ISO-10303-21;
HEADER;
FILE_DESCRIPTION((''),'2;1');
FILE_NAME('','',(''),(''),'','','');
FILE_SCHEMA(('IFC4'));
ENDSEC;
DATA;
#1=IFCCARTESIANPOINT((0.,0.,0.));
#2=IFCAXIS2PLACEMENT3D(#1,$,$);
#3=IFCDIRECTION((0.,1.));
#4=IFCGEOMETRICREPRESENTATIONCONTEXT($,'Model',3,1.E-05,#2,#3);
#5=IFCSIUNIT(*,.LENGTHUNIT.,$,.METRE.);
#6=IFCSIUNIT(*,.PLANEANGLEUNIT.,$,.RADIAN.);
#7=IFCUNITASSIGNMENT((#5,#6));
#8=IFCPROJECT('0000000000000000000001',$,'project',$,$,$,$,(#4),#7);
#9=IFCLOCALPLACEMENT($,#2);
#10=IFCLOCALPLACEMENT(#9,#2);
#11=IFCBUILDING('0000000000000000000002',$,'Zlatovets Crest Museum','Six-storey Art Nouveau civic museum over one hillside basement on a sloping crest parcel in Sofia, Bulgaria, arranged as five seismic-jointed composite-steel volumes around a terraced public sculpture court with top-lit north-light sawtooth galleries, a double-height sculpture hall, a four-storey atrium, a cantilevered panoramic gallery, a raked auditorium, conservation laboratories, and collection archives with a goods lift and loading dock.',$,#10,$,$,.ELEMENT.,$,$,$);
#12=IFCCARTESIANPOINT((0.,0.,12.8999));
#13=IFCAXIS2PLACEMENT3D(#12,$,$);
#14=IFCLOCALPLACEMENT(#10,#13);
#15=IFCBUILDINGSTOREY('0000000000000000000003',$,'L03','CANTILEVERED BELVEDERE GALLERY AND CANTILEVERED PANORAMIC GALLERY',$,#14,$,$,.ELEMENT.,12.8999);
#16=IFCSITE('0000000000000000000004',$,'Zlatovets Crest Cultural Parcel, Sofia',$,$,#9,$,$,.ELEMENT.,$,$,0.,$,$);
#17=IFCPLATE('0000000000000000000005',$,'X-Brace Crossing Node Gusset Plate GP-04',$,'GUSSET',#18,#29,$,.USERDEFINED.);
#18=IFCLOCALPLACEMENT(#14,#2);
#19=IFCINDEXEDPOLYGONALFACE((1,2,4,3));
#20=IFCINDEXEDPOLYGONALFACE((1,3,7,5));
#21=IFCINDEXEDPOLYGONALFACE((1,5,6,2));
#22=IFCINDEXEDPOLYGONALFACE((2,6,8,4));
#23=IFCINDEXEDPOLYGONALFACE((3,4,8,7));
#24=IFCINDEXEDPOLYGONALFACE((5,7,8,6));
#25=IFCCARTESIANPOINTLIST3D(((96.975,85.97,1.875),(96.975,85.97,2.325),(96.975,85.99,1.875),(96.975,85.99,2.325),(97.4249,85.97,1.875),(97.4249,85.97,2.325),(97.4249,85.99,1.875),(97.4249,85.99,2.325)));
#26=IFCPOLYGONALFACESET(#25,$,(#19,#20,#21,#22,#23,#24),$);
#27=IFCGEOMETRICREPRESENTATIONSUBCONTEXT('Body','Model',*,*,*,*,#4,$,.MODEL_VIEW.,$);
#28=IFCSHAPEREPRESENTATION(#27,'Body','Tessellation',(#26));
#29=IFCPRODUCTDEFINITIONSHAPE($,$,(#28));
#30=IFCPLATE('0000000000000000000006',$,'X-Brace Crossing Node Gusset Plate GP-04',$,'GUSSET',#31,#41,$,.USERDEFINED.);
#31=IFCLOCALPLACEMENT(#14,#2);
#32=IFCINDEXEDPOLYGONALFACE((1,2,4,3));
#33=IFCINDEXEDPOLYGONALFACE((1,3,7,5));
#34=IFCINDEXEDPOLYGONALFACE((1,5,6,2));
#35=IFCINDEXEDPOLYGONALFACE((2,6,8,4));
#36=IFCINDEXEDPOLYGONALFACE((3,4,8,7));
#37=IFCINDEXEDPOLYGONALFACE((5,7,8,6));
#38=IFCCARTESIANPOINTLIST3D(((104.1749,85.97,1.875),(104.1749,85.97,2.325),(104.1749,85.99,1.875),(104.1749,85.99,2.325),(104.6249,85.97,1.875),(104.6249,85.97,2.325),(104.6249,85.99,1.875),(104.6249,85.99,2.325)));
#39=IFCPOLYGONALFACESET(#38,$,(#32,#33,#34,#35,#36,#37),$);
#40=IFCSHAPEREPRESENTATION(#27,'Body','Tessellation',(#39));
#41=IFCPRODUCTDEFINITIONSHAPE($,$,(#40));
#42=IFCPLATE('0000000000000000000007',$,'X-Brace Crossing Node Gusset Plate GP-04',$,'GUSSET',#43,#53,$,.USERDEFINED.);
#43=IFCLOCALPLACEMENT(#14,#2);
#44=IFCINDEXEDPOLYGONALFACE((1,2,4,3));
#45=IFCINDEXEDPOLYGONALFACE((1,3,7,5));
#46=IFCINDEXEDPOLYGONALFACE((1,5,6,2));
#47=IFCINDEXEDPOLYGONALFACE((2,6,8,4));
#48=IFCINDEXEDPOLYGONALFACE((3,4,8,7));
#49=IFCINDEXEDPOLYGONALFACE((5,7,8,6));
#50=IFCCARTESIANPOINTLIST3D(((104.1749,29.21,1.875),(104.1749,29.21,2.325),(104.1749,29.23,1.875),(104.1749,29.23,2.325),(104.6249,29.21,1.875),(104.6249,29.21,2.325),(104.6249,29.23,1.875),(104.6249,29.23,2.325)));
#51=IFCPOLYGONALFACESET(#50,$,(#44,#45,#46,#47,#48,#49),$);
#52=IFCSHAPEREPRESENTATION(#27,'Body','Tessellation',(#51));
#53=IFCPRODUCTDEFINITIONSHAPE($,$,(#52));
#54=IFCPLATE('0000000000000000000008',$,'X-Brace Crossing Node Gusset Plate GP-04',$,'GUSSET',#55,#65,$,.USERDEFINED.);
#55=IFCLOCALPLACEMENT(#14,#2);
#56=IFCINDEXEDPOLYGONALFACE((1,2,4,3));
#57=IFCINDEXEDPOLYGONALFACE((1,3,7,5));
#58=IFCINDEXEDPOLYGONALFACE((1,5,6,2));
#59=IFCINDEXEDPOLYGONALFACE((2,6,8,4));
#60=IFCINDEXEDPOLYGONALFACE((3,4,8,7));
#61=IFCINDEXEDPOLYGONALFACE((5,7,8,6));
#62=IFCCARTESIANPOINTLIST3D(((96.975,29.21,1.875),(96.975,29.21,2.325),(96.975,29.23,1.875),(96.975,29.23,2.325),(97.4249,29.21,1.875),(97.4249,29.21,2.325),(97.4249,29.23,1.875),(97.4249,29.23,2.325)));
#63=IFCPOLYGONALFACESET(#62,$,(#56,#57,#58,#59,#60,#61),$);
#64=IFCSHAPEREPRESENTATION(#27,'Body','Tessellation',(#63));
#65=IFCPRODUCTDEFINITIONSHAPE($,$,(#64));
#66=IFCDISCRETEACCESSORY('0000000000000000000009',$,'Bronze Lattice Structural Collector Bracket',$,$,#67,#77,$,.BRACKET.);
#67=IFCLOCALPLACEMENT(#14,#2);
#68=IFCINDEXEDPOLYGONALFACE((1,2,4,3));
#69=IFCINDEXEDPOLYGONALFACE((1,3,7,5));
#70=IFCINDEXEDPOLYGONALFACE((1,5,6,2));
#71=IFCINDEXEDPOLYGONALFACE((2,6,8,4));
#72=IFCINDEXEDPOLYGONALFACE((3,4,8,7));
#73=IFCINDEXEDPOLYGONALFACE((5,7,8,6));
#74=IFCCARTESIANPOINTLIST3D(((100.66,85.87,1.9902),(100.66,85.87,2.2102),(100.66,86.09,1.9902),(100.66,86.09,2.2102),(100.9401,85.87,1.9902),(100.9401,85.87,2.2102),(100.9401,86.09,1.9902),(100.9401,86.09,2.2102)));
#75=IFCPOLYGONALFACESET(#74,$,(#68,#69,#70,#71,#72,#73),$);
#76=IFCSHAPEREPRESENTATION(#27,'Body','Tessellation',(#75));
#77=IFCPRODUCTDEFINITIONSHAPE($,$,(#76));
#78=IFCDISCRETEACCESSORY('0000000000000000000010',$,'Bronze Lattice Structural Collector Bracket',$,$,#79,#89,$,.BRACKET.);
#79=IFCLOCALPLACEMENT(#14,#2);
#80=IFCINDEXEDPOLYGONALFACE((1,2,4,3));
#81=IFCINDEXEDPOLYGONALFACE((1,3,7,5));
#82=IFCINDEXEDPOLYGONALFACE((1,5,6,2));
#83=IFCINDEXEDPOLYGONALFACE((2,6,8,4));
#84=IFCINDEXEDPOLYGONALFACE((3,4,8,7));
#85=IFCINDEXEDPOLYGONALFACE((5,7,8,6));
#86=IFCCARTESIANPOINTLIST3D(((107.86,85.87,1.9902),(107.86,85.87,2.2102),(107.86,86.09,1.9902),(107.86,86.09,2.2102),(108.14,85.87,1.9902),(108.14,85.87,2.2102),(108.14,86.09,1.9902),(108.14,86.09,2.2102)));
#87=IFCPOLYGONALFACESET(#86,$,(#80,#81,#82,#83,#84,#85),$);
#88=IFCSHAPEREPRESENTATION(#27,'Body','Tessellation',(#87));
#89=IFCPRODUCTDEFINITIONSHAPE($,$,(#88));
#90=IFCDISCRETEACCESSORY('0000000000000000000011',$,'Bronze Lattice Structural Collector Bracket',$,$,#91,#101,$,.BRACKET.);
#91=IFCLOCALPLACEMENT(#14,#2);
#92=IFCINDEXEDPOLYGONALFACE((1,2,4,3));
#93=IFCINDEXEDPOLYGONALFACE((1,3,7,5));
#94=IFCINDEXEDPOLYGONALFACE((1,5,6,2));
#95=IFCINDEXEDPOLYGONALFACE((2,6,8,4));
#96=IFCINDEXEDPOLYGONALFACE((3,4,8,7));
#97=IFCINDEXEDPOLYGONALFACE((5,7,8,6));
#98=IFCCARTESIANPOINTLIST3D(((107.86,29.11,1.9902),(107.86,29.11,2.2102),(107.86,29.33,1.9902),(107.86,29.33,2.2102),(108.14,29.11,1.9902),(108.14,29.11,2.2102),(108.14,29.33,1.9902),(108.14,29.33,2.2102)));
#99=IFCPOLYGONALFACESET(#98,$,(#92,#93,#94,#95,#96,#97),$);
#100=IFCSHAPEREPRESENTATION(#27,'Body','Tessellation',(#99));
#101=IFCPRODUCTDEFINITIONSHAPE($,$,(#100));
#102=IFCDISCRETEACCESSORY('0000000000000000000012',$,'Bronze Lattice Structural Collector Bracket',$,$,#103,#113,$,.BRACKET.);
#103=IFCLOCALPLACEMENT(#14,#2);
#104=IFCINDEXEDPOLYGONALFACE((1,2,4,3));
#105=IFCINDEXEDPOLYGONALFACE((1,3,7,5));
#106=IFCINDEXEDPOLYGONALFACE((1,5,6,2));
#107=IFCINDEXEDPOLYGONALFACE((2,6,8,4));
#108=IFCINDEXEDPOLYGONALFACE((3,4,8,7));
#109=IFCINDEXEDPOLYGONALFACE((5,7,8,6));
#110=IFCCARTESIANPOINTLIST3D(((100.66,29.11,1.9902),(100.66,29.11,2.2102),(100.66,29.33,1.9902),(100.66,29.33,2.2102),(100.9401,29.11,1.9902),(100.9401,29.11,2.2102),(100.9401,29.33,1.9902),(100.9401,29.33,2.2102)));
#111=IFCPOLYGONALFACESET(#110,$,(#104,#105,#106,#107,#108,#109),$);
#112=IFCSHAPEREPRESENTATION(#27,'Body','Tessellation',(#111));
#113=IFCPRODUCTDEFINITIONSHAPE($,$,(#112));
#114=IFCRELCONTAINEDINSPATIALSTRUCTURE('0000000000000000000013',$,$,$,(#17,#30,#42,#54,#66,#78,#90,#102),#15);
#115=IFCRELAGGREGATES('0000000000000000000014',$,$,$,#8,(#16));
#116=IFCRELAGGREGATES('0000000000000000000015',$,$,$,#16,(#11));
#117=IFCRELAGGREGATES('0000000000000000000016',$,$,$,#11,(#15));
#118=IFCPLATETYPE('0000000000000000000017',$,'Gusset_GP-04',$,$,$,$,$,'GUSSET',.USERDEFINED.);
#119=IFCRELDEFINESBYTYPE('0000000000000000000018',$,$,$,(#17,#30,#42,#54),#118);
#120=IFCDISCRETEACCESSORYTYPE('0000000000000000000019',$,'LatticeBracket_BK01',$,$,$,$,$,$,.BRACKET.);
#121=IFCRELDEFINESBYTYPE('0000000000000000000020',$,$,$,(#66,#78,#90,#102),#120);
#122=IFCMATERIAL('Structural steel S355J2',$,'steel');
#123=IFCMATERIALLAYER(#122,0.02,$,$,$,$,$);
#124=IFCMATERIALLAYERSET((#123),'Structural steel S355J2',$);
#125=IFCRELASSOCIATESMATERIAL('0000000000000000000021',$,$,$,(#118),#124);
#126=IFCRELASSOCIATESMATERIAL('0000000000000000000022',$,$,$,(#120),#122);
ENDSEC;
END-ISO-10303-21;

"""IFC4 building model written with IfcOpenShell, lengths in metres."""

from ifc_helpers import new_model, si_unit, direction, frame, origin, origin_2d, place, context, subcontext, project, spatial, rectangle, extrude, material, layer, layer_set, type_object, element, save


model = new_model("IFC4")

# Units and contexts
model_context = context("Model", 3, precision=1e-05, world=origin(), true_north=direction((0.0, 1.0)))
body_context = subcontext(model_context, "Body", "Model", "MODEL_VIEW")
ifc_project = project(units=[si_unit("LENGTHUNIT", "METRE"), si_unit("PLANEANGLEUNIT", "RADIAN")], contexts=[model_context])

# Site, building, storey
site_placement = place(None, origin())
site = spatial("IfcSite", under=ifc_project, at=site_placement, Name="Zlatovets Crest Cultural Parcel, Sofia", CompositionType="ELEMENT", RefElevation=0.0)
building_placement = place(site_placement, origin())
building = spatial("IfcBuilding", under=site, at=building_placement, Name="Zlatovets Crest Museum", Description="Six-storey Art Nouveau civic museum over one hillside basement on a sloping crest parcel in Sofia, Bulgaria, arranged as five seismic-jointed composite-steel volumes around a terraced public sculpture court with top-lit north-light sawtooth galleries, a double-height sculpture hall, a four-storey atrium, a cantilevered panoramic gallery, a raked auditorium, conservation laboratories, and collection archives with a goods lift and loading dock.", CompositionType="ELEMENT")
storey_placement = place(building_placement, frame((0.0, 0.0, 12.8999)))
storey = spatial("IfcBuildingStorey", under=building, at=storey_placement, Name="L03", Description="CANTILEVERED BELVEDERE GALLERY AND CANTILEVERED PANORAMIC GALLERY", CompositionType="ELEMENT", Elevation=12.8999)

# Plates
ifc_material_1 = material(Name="Structural steel S355J2", Category="steel")
ifc_layer = layer(ifc_material_1, 0.02)
ifc_layer_set = layer_set([ifc_layer], Name="Structural steel S355J2")
plate_type = type_object("IfcPlateType", Name="Gusset_GP-04", ElementType="GUSSET", PredefinedType="USERDEFINED", material=ifc_layer_set)
for number, where, z_axis, x_axis, name in (
    (1, (97.2, 85.98, 1.875), (0.0, 0.0, 1.0), (1.0, 0.0, 0.0), "X-Brace Crossing Node Gusset Plate GP-04"),
    (2, (104.3999, 85.98, 1.875), (0.0, 0.0, 1.0), (1.0, 0.0, 0.0), "X-Brace Crossing Node Gusset Plate GP-04"),
    (3, (104.3999, 29.22, 1.875), (0.0, 0.0, 1.0), (1.0, 0.0, 0.0), "X-Brace Crossing Node Gusset Plate GP-04"),
    (4, (97.2, 29.22, 1.875), (0.0, 0.0, 1.0), (1.0, 0.0, 0.0), "X-Brace Crossing Node Gusset Plate GP-04"),
):
    element("IfcPlate", number, at=place(storey_placement, frame(where, z_axis=z_axis, x_axis=x_axis)), inside=storey, type_object=plate_type, Name=name, ObjectType="GUSSET", PredefinedType="USERDEFINED", context=body_context, shape_type="SweptSolid", body=[
        extrude(rectangle(XDim=0.45, YDim=0.02, at=origin_2d()), origin(), (0.0, 0.0, 1.0), 0.45),
    ])

# Discrete accessories
discrete_accessory_type = type_object("IfcDiscreteAccessoryType", Name="LatticeBracket_BK01", PredefinedType="BRACKET", material=ifc_material_1)
for number, where, z_axis, x_axis, name in (
    (5, (100.8, 85.98, 1.9902), (0.0, 0.0, 1.0), (1.0, 0.0, 0.0), "Bronze Lattice Structural Collector Bracket"),
    (6, (108.0, 85.98, 1.9902), (0.0, 0.0, 1.0), (1.0, 0.0, 0.0), "Bronze Lattice Structural Collector Bracket"),
    (7, (108.0, 29.22, 1.9902), (0.0, 0.0, 1.0), (1.0, 0.0, 0.0), "Bronze Lattice Structural Collector Bracket"),
    (8, (100.8, 29.22, 1.9902), (0.0, 0.0, 1.0), (1.0, 0.0, 0.0), "Bronze Lattice Structural Collector Bracket"),
):
    element("IfcDiscreteAccessory", number, at=place(storey_placement, frame(where, z_axis=z_axis, x_axis=x_axis)), inside=storey, type_object=discrete_accessory_type, Name=name, PredefinedType="BRACKET", context=body_context, shape_type="SweptSolid", body=[
        extrude(rectangle(XDim=0.28, YDim=0.22, at=origin_2d()), origin(), (0.0, 0.0, 1.0), 0.22),
    ])

save(model, "model.ifc")
